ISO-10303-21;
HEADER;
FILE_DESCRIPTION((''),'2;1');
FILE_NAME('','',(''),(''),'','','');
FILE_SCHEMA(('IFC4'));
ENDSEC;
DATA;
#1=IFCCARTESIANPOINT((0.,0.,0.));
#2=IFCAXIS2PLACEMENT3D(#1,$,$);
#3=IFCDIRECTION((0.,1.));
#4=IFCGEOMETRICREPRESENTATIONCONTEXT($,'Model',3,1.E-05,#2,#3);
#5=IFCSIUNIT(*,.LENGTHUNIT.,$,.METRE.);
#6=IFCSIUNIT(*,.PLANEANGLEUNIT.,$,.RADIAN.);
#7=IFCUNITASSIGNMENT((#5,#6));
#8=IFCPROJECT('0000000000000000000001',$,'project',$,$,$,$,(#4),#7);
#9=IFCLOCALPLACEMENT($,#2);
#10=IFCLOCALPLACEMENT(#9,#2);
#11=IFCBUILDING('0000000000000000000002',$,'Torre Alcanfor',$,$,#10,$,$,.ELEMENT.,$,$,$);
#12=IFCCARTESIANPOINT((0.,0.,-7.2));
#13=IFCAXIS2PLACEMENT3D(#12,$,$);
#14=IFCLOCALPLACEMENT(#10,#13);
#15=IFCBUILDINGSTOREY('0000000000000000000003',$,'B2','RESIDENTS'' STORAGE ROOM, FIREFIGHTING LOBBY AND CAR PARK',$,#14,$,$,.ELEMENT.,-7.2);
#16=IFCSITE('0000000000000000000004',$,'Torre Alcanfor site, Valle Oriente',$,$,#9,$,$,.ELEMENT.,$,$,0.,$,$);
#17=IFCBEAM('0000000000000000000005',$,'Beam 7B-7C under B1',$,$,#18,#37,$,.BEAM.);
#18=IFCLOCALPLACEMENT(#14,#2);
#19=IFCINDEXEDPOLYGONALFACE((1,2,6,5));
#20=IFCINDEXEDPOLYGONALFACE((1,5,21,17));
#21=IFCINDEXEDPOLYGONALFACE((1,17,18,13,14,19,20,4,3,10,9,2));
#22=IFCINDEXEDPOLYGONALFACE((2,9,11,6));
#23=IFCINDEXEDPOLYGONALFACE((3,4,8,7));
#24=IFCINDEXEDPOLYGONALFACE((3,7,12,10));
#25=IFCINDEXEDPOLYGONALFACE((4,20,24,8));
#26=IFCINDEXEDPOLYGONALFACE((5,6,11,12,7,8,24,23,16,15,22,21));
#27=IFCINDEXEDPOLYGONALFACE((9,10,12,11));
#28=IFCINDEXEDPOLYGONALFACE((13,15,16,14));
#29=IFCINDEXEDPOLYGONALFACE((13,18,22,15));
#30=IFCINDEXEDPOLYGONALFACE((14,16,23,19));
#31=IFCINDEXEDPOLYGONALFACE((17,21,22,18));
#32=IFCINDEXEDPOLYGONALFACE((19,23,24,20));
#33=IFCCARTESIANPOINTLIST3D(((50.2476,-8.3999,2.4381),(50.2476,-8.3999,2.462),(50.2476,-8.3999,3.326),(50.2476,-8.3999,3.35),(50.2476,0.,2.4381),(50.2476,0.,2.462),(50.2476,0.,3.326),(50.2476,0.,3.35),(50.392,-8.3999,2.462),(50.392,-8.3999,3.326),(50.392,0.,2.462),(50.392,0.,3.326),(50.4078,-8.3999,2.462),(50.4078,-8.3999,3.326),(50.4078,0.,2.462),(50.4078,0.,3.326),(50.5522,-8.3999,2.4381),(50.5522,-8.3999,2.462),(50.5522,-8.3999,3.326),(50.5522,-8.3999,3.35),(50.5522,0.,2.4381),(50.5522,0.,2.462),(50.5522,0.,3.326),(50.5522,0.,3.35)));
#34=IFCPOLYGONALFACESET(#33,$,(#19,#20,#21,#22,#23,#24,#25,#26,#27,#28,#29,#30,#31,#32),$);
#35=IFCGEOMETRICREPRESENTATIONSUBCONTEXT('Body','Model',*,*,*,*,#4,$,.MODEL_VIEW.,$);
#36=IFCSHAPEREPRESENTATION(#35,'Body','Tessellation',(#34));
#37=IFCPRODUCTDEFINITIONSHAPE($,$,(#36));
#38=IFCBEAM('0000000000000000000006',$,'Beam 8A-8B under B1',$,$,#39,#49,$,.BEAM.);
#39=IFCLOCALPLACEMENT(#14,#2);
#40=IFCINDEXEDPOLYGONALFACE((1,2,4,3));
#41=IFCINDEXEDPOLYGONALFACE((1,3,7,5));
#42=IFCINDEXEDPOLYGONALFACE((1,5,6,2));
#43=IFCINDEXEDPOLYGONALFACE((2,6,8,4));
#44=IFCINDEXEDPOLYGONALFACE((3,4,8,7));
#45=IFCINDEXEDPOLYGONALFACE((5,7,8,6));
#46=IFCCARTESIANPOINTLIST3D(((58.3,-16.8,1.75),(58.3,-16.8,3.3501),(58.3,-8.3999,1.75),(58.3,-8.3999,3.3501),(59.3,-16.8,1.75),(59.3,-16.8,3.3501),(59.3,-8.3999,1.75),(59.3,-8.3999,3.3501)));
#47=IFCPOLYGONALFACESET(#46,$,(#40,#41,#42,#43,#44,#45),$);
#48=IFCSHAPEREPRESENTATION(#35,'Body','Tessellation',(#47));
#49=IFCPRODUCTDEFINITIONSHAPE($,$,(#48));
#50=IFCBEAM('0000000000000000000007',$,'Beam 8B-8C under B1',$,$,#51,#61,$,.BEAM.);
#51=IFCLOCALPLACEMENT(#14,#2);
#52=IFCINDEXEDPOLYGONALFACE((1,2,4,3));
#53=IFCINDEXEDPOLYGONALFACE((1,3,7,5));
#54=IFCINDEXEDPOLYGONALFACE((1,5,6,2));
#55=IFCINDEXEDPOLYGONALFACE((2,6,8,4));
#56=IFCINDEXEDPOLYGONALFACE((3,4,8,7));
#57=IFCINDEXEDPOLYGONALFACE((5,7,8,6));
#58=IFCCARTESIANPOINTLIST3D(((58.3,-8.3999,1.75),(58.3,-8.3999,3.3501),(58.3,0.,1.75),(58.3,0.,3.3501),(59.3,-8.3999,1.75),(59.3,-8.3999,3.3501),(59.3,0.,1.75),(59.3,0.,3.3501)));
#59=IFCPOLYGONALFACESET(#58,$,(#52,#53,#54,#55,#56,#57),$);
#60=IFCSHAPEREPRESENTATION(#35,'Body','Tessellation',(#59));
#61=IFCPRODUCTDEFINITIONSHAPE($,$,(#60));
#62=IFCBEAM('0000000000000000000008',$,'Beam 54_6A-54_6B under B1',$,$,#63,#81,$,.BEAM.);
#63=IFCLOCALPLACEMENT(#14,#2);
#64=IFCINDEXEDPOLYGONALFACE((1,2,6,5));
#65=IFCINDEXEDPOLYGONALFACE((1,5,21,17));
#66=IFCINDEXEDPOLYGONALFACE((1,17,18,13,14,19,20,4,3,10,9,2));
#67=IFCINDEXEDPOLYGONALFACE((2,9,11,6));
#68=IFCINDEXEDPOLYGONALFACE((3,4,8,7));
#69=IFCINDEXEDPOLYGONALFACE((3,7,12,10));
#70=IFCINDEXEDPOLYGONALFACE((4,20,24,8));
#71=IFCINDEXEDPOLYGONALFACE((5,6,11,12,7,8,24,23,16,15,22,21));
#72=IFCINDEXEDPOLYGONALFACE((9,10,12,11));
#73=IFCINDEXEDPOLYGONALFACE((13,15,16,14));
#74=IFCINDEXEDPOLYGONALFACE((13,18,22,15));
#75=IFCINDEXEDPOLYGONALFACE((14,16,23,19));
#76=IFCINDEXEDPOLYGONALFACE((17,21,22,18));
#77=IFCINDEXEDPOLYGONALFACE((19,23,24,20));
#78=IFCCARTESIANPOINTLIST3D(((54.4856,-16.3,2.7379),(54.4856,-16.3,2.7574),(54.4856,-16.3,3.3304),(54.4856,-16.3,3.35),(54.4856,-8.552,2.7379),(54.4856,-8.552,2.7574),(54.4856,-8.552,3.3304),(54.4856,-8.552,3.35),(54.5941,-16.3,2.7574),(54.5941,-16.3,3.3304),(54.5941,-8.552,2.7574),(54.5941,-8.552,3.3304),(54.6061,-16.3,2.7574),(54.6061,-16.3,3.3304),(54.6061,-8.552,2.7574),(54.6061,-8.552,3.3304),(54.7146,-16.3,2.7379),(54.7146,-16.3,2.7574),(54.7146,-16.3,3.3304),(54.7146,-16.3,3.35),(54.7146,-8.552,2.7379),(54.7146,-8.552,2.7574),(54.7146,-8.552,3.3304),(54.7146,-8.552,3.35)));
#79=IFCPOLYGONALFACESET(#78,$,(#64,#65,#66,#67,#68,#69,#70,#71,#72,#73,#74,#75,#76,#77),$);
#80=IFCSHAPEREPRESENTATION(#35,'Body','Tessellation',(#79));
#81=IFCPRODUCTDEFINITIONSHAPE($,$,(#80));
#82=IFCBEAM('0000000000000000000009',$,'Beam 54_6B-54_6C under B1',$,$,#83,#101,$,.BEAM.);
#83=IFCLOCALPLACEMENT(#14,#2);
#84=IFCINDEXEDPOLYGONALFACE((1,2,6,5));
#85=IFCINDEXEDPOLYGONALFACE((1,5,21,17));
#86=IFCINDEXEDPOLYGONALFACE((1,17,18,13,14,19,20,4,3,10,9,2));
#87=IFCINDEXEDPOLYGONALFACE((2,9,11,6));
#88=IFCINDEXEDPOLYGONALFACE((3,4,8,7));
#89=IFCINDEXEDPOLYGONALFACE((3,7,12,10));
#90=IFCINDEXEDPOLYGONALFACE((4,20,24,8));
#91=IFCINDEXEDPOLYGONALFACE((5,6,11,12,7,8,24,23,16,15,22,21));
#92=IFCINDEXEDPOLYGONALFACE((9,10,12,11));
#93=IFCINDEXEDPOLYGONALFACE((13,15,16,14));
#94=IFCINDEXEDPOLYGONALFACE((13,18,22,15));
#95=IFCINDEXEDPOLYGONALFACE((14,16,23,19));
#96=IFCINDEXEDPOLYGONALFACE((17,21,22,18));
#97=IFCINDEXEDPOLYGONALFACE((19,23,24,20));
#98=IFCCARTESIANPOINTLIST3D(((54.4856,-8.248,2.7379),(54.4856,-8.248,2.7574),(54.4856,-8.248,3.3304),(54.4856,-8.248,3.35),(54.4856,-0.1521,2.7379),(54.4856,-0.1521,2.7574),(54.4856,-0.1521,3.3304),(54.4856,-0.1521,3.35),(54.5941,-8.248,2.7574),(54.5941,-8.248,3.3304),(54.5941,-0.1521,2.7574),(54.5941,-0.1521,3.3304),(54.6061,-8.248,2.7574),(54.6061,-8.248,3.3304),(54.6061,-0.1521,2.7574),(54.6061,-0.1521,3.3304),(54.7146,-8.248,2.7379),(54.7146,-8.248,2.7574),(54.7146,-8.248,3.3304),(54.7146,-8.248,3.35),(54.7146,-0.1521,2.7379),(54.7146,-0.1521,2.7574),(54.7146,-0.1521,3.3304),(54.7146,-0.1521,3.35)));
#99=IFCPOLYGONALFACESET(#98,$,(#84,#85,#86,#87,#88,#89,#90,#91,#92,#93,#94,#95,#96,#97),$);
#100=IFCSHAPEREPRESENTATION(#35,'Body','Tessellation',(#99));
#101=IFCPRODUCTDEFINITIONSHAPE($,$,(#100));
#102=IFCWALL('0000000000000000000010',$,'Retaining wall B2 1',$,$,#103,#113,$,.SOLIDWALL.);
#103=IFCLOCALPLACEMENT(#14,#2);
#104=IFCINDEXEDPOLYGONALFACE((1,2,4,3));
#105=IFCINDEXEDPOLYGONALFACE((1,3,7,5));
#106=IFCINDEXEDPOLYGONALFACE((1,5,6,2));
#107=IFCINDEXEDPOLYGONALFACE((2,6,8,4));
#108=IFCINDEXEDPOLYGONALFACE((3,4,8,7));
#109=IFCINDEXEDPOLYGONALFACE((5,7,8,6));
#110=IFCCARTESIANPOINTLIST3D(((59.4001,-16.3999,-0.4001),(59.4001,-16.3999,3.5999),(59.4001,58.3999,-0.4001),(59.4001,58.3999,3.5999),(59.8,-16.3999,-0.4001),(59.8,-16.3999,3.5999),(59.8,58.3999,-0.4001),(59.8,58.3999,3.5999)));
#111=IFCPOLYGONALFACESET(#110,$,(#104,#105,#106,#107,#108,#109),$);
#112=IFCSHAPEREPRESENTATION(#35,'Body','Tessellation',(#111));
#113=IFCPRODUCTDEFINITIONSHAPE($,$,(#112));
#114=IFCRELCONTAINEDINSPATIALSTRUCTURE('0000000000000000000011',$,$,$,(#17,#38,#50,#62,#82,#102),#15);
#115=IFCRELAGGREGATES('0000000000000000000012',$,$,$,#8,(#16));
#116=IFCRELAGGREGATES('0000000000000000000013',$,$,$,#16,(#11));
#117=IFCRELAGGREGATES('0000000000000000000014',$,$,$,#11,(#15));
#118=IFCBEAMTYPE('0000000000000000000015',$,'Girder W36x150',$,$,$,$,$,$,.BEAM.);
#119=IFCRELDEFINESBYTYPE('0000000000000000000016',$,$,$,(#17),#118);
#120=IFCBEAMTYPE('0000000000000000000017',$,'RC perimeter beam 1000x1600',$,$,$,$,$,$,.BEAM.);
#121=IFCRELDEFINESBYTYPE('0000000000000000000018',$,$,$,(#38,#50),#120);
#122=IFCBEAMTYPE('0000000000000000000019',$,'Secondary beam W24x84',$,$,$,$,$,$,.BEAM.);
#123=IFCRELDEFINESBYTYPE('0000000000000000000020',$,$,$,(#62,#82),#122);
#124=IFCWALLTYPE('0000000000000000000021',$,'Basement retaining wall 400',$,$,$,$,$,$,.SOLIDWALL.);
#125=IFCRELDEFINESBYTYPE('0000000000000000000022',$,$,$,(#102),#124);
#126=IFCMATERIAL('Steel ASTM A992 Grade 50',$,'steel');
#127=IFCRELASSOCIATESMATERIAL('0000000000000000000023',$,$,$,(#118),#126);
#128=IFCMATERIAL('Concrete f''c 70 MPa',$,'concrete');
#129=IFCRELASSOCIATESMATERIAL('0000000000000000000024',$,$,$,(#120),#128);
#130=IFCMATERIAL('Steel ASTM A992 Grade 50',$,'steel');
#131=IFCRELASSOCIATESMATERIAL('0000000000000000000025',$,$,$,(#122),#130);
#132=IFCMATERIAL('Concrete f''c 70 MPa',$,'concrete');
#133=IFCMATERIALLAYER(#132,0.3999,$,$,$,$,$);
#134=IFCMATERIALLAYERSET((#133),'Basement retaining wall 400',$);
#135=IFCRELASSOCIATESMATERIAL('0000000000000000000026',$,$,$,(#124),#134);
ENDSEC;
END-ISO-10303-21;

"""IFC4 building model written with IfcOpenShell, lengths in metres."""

from ifc_helpers import new_model, si_unit, direction, frame, frame_2d, origin, origin_2d, place, context, subcontext, project, spatial, rectangle, i_section, extrude, material, layer, layer_set, material_profile, profile_set, type_object, element, save


model = new_model("IFC4")

# Units and contexts
model_context = context("Model", 3, precision=1e-05, world=origin(), true_north=direction((0.0, 1.0)))
body_context = subcontext(model_context, "Body", "Model", "MODEL_VIEW")
ifc_project = project(units=[si_unit("LENGTHUNIT", "METRE"), si_unit("PLANEANGLEUNIT", "RADIAN")], contexts=[model_context])

# Site, building, storey
site_placement = place(None, origin())
site = spatial("IfcSite", under=ifc_project, at=site_placement, Name="Torre Alcanfor site, Valle Oriente", CompositionType="ELEMENT", RefElevation=0.0)
building_placement = place(site_placement, origin())
building = spatial("IfcBuilding", under=site, at=building_placement, Name="Torre Alcanfor", CompositionType="ELEMENT")
storey_placement = place(building_placement, frame((0.0, 0.0, -7.2)))
storey = spatial("IfcBuildingStorey", under=building, at=storey_placement, Name="B2", Description="RESIDENTS' STORAGE ROOM, FIREFIGHTING LOBBY AND CAR PARK", CompositionType="ELEMENT", Elevation=-7.2)

# Beams
ifc_material_1 = material(Name="Steel ASTM A992 Grade 50", Category="steel")
ifc_material_profile_1 = material_profile(ifc_material_1, i_section(OverallWidth=0.3047, OverallDepth=0.9119, WebThickness=0.0159, FlangeThickness=0.0239, at=origin_2d()), Name="W36x150")
ifc_profile_set_1 = profile_set([ifc_material_profile_1], Name="Steel ASTM A992 Grade 50")
beam_type_1 = type_object("IfcBeamType", Name="Girder W36x150", PredefinedType="BEAM", material=ifc_profile_set_1)
beam_1_placement = place(storey_placement, frame((50.3999, -8.3999, 2.894), z_axis=(0.0, 1.0, 0.0), x_axis=(-1.0, 0.0, 0.0)))
element("IfcBeam", 1, at=beam_1_placement, inside=storey, type_object=beam_type_1, Name="Beam 7B-7C under B1", PredefinedType="BEAM", context=body_context, shape_type="SweptSolid", body=[
    extrude(i_section(OverallWidth=0.3047, OverallDepth=0.9119, WebThickness=0.0159, FlangeThickness=0.0239, at=origin_2d()), origin(), (0.0, 0.0, 1.0), 8.3999),
])
ifc_material_2 = material(Name="Concrete f'c 70 MPa", Category="concrete")
ifc_material_profile_2 = material_profile(ifc_material_2, rectangle(XDim=1.0, YDim=1.6001, at=origin_2d()), Name="1000x1600")
ifc_profile_set_2 = profile_set([ifc_material_profile_2], Name="Concrete f'c 70 MPa")
beam_type_2 = type_object("IfcBeamType", Name="RC perimeter beam 1000x1600", PredefinedType="BEAM", material=ifc_profile_set_2)
beam_2_placement = place(storey_placement, frame((58.8, -16.8, 2.55), z_axis=(0.0, 1.0, 0.0), x_axis=(-1.0, 0.0, 0.0)))
element("IfcBeam", 2, at=beam_2_placement, inside=storey, type_object=beam_type_2, Name="Beam 8A-8B under B1", PredefinedType="BEAM", context=body_context, shape_type="SweptSolid", body=[
    extrude(rectangle(XDim=1.0, YDim=1.6001, at=origin_2d()), origin(), (0.0, 0.0, 1.0), 8.4001),
])
beam_3_placement = place(storey_placement, frame((58.8, -8.3999, 2.55), z_axis=(0.0, 1.0, 0.0), x_axis=(-1.0, 0.0, 0.0)))
element("IfcBeam", 3, at=beam_3_placement, inside=storey, type_object=beam_type_2, Name="Beam 8B-8C under B1", PredefinedType="BEAM", context=body_context, shape_type="SweptSolid", body=[
    extrude(rectangle(XDim=1.0, YDim=1.6001, at=origin_2d()), origin(), (0.0, 0.0, 1.0), 8.3999),
])
ifc_material_3 = material(Name="Steel ASTM A992 Grade 50", Category="steel")
ifc_material_profile_3 = material_profile(ifc_material_3, i_section(OverallWidth=0.229, OverallDepth=0.6121, WebThickness=0.012, FlangeThickness=0.0195, at=origin_2d()), Name="W24x84")
ifc_profile_set_3 = profile_set([ifc_material_profile_3], Name="Steel ASTM A992 Grade 50")
beam_type_3 = type_object("IfcBeamType", Name="Secondary beam W24x84", PredefinedType="BEAM", material=ifc_profile_set_3)
beam_4_placement = place(storey_placement, frame((54.6001, -16.3, 3.0439), z_axis=(0.0, 1.0, 0.0), x_axis=(-1.0, 0.0, 0.0)))
element("IfcBeam", 4, at=beam_4_placement, inside=storey, type_object=beam_type_3, Name="Beam 54_6A-54_6B under B1", PredefinedType="BEAM", context=body_context, shape_type="SweptSolid", body=[
    extrude(i_section(OverallWidth=0.229, OverallDepth=0.6121, WebThickness=0.012, FlangeThickness=0.0195, at=origin_2d()), origin(), (0.0, 0.0, 1.0), 7.748),
])
beam_5_placement = place(storey_placement, frame((54.6001, -8.248, 3.0439), z_axis=(0.0, 1.0, 0.0), x_axis=(-1.0, 0.0, 0.0)))
element("IfcBeam", 5, at=beam_5_placement, inside=storey, type_object=beam_type_3, Name="Beam 54_6B-54_6C under B1", PredefinedType="BEAM", context=body_context, shape_type="SweptSolid", body=[
    extrude(i_section(OverallWidth=0.229, OverallDepth=0.6121, WebThickness=0.012, FlangeThickness=0.0195, at=origin_2d()), origin(), (0.0, 0.0, 1.0), 8.0959),
])

# Wall
ifc_material_4 = material(Name="Concrete f'c 70 MPa", Category="concrete")
ifc_layer_1 = layer(ifc_material_4, 0.3999)
ifc_layer_set_1 = layer_set([ifc_layer_1], Name="Basement retaining wall 400")
wall_type = type_object("IfcWallType", Name="Basement retaining wall 400", PredefinedType="SOLIDWALL", material=ifc_layer_set_1)
wall_placement = place(storey_placement, frame((59.6001, -16.3999, -0.4001), z_axis=(0.0, 0.0, 1.0), x_axis=(0.0, 1.0, 0.0)))
element("IfcWall", 6, at=wall_placement, inside=storey, type_object=wall_type, Name="Retaining wall B2 1", PredefinedType="SOLIDWALL", context=body_context, shape_type="SweptSolid", body=[
    extrude(rectangle(XDim=74.7998, YDim=0.3999, at=frame_2d((37.3999, 0.0))), origin(), (0.0, 0.0, 1.0), 4.0),
])

save(model, "model.ifc")
